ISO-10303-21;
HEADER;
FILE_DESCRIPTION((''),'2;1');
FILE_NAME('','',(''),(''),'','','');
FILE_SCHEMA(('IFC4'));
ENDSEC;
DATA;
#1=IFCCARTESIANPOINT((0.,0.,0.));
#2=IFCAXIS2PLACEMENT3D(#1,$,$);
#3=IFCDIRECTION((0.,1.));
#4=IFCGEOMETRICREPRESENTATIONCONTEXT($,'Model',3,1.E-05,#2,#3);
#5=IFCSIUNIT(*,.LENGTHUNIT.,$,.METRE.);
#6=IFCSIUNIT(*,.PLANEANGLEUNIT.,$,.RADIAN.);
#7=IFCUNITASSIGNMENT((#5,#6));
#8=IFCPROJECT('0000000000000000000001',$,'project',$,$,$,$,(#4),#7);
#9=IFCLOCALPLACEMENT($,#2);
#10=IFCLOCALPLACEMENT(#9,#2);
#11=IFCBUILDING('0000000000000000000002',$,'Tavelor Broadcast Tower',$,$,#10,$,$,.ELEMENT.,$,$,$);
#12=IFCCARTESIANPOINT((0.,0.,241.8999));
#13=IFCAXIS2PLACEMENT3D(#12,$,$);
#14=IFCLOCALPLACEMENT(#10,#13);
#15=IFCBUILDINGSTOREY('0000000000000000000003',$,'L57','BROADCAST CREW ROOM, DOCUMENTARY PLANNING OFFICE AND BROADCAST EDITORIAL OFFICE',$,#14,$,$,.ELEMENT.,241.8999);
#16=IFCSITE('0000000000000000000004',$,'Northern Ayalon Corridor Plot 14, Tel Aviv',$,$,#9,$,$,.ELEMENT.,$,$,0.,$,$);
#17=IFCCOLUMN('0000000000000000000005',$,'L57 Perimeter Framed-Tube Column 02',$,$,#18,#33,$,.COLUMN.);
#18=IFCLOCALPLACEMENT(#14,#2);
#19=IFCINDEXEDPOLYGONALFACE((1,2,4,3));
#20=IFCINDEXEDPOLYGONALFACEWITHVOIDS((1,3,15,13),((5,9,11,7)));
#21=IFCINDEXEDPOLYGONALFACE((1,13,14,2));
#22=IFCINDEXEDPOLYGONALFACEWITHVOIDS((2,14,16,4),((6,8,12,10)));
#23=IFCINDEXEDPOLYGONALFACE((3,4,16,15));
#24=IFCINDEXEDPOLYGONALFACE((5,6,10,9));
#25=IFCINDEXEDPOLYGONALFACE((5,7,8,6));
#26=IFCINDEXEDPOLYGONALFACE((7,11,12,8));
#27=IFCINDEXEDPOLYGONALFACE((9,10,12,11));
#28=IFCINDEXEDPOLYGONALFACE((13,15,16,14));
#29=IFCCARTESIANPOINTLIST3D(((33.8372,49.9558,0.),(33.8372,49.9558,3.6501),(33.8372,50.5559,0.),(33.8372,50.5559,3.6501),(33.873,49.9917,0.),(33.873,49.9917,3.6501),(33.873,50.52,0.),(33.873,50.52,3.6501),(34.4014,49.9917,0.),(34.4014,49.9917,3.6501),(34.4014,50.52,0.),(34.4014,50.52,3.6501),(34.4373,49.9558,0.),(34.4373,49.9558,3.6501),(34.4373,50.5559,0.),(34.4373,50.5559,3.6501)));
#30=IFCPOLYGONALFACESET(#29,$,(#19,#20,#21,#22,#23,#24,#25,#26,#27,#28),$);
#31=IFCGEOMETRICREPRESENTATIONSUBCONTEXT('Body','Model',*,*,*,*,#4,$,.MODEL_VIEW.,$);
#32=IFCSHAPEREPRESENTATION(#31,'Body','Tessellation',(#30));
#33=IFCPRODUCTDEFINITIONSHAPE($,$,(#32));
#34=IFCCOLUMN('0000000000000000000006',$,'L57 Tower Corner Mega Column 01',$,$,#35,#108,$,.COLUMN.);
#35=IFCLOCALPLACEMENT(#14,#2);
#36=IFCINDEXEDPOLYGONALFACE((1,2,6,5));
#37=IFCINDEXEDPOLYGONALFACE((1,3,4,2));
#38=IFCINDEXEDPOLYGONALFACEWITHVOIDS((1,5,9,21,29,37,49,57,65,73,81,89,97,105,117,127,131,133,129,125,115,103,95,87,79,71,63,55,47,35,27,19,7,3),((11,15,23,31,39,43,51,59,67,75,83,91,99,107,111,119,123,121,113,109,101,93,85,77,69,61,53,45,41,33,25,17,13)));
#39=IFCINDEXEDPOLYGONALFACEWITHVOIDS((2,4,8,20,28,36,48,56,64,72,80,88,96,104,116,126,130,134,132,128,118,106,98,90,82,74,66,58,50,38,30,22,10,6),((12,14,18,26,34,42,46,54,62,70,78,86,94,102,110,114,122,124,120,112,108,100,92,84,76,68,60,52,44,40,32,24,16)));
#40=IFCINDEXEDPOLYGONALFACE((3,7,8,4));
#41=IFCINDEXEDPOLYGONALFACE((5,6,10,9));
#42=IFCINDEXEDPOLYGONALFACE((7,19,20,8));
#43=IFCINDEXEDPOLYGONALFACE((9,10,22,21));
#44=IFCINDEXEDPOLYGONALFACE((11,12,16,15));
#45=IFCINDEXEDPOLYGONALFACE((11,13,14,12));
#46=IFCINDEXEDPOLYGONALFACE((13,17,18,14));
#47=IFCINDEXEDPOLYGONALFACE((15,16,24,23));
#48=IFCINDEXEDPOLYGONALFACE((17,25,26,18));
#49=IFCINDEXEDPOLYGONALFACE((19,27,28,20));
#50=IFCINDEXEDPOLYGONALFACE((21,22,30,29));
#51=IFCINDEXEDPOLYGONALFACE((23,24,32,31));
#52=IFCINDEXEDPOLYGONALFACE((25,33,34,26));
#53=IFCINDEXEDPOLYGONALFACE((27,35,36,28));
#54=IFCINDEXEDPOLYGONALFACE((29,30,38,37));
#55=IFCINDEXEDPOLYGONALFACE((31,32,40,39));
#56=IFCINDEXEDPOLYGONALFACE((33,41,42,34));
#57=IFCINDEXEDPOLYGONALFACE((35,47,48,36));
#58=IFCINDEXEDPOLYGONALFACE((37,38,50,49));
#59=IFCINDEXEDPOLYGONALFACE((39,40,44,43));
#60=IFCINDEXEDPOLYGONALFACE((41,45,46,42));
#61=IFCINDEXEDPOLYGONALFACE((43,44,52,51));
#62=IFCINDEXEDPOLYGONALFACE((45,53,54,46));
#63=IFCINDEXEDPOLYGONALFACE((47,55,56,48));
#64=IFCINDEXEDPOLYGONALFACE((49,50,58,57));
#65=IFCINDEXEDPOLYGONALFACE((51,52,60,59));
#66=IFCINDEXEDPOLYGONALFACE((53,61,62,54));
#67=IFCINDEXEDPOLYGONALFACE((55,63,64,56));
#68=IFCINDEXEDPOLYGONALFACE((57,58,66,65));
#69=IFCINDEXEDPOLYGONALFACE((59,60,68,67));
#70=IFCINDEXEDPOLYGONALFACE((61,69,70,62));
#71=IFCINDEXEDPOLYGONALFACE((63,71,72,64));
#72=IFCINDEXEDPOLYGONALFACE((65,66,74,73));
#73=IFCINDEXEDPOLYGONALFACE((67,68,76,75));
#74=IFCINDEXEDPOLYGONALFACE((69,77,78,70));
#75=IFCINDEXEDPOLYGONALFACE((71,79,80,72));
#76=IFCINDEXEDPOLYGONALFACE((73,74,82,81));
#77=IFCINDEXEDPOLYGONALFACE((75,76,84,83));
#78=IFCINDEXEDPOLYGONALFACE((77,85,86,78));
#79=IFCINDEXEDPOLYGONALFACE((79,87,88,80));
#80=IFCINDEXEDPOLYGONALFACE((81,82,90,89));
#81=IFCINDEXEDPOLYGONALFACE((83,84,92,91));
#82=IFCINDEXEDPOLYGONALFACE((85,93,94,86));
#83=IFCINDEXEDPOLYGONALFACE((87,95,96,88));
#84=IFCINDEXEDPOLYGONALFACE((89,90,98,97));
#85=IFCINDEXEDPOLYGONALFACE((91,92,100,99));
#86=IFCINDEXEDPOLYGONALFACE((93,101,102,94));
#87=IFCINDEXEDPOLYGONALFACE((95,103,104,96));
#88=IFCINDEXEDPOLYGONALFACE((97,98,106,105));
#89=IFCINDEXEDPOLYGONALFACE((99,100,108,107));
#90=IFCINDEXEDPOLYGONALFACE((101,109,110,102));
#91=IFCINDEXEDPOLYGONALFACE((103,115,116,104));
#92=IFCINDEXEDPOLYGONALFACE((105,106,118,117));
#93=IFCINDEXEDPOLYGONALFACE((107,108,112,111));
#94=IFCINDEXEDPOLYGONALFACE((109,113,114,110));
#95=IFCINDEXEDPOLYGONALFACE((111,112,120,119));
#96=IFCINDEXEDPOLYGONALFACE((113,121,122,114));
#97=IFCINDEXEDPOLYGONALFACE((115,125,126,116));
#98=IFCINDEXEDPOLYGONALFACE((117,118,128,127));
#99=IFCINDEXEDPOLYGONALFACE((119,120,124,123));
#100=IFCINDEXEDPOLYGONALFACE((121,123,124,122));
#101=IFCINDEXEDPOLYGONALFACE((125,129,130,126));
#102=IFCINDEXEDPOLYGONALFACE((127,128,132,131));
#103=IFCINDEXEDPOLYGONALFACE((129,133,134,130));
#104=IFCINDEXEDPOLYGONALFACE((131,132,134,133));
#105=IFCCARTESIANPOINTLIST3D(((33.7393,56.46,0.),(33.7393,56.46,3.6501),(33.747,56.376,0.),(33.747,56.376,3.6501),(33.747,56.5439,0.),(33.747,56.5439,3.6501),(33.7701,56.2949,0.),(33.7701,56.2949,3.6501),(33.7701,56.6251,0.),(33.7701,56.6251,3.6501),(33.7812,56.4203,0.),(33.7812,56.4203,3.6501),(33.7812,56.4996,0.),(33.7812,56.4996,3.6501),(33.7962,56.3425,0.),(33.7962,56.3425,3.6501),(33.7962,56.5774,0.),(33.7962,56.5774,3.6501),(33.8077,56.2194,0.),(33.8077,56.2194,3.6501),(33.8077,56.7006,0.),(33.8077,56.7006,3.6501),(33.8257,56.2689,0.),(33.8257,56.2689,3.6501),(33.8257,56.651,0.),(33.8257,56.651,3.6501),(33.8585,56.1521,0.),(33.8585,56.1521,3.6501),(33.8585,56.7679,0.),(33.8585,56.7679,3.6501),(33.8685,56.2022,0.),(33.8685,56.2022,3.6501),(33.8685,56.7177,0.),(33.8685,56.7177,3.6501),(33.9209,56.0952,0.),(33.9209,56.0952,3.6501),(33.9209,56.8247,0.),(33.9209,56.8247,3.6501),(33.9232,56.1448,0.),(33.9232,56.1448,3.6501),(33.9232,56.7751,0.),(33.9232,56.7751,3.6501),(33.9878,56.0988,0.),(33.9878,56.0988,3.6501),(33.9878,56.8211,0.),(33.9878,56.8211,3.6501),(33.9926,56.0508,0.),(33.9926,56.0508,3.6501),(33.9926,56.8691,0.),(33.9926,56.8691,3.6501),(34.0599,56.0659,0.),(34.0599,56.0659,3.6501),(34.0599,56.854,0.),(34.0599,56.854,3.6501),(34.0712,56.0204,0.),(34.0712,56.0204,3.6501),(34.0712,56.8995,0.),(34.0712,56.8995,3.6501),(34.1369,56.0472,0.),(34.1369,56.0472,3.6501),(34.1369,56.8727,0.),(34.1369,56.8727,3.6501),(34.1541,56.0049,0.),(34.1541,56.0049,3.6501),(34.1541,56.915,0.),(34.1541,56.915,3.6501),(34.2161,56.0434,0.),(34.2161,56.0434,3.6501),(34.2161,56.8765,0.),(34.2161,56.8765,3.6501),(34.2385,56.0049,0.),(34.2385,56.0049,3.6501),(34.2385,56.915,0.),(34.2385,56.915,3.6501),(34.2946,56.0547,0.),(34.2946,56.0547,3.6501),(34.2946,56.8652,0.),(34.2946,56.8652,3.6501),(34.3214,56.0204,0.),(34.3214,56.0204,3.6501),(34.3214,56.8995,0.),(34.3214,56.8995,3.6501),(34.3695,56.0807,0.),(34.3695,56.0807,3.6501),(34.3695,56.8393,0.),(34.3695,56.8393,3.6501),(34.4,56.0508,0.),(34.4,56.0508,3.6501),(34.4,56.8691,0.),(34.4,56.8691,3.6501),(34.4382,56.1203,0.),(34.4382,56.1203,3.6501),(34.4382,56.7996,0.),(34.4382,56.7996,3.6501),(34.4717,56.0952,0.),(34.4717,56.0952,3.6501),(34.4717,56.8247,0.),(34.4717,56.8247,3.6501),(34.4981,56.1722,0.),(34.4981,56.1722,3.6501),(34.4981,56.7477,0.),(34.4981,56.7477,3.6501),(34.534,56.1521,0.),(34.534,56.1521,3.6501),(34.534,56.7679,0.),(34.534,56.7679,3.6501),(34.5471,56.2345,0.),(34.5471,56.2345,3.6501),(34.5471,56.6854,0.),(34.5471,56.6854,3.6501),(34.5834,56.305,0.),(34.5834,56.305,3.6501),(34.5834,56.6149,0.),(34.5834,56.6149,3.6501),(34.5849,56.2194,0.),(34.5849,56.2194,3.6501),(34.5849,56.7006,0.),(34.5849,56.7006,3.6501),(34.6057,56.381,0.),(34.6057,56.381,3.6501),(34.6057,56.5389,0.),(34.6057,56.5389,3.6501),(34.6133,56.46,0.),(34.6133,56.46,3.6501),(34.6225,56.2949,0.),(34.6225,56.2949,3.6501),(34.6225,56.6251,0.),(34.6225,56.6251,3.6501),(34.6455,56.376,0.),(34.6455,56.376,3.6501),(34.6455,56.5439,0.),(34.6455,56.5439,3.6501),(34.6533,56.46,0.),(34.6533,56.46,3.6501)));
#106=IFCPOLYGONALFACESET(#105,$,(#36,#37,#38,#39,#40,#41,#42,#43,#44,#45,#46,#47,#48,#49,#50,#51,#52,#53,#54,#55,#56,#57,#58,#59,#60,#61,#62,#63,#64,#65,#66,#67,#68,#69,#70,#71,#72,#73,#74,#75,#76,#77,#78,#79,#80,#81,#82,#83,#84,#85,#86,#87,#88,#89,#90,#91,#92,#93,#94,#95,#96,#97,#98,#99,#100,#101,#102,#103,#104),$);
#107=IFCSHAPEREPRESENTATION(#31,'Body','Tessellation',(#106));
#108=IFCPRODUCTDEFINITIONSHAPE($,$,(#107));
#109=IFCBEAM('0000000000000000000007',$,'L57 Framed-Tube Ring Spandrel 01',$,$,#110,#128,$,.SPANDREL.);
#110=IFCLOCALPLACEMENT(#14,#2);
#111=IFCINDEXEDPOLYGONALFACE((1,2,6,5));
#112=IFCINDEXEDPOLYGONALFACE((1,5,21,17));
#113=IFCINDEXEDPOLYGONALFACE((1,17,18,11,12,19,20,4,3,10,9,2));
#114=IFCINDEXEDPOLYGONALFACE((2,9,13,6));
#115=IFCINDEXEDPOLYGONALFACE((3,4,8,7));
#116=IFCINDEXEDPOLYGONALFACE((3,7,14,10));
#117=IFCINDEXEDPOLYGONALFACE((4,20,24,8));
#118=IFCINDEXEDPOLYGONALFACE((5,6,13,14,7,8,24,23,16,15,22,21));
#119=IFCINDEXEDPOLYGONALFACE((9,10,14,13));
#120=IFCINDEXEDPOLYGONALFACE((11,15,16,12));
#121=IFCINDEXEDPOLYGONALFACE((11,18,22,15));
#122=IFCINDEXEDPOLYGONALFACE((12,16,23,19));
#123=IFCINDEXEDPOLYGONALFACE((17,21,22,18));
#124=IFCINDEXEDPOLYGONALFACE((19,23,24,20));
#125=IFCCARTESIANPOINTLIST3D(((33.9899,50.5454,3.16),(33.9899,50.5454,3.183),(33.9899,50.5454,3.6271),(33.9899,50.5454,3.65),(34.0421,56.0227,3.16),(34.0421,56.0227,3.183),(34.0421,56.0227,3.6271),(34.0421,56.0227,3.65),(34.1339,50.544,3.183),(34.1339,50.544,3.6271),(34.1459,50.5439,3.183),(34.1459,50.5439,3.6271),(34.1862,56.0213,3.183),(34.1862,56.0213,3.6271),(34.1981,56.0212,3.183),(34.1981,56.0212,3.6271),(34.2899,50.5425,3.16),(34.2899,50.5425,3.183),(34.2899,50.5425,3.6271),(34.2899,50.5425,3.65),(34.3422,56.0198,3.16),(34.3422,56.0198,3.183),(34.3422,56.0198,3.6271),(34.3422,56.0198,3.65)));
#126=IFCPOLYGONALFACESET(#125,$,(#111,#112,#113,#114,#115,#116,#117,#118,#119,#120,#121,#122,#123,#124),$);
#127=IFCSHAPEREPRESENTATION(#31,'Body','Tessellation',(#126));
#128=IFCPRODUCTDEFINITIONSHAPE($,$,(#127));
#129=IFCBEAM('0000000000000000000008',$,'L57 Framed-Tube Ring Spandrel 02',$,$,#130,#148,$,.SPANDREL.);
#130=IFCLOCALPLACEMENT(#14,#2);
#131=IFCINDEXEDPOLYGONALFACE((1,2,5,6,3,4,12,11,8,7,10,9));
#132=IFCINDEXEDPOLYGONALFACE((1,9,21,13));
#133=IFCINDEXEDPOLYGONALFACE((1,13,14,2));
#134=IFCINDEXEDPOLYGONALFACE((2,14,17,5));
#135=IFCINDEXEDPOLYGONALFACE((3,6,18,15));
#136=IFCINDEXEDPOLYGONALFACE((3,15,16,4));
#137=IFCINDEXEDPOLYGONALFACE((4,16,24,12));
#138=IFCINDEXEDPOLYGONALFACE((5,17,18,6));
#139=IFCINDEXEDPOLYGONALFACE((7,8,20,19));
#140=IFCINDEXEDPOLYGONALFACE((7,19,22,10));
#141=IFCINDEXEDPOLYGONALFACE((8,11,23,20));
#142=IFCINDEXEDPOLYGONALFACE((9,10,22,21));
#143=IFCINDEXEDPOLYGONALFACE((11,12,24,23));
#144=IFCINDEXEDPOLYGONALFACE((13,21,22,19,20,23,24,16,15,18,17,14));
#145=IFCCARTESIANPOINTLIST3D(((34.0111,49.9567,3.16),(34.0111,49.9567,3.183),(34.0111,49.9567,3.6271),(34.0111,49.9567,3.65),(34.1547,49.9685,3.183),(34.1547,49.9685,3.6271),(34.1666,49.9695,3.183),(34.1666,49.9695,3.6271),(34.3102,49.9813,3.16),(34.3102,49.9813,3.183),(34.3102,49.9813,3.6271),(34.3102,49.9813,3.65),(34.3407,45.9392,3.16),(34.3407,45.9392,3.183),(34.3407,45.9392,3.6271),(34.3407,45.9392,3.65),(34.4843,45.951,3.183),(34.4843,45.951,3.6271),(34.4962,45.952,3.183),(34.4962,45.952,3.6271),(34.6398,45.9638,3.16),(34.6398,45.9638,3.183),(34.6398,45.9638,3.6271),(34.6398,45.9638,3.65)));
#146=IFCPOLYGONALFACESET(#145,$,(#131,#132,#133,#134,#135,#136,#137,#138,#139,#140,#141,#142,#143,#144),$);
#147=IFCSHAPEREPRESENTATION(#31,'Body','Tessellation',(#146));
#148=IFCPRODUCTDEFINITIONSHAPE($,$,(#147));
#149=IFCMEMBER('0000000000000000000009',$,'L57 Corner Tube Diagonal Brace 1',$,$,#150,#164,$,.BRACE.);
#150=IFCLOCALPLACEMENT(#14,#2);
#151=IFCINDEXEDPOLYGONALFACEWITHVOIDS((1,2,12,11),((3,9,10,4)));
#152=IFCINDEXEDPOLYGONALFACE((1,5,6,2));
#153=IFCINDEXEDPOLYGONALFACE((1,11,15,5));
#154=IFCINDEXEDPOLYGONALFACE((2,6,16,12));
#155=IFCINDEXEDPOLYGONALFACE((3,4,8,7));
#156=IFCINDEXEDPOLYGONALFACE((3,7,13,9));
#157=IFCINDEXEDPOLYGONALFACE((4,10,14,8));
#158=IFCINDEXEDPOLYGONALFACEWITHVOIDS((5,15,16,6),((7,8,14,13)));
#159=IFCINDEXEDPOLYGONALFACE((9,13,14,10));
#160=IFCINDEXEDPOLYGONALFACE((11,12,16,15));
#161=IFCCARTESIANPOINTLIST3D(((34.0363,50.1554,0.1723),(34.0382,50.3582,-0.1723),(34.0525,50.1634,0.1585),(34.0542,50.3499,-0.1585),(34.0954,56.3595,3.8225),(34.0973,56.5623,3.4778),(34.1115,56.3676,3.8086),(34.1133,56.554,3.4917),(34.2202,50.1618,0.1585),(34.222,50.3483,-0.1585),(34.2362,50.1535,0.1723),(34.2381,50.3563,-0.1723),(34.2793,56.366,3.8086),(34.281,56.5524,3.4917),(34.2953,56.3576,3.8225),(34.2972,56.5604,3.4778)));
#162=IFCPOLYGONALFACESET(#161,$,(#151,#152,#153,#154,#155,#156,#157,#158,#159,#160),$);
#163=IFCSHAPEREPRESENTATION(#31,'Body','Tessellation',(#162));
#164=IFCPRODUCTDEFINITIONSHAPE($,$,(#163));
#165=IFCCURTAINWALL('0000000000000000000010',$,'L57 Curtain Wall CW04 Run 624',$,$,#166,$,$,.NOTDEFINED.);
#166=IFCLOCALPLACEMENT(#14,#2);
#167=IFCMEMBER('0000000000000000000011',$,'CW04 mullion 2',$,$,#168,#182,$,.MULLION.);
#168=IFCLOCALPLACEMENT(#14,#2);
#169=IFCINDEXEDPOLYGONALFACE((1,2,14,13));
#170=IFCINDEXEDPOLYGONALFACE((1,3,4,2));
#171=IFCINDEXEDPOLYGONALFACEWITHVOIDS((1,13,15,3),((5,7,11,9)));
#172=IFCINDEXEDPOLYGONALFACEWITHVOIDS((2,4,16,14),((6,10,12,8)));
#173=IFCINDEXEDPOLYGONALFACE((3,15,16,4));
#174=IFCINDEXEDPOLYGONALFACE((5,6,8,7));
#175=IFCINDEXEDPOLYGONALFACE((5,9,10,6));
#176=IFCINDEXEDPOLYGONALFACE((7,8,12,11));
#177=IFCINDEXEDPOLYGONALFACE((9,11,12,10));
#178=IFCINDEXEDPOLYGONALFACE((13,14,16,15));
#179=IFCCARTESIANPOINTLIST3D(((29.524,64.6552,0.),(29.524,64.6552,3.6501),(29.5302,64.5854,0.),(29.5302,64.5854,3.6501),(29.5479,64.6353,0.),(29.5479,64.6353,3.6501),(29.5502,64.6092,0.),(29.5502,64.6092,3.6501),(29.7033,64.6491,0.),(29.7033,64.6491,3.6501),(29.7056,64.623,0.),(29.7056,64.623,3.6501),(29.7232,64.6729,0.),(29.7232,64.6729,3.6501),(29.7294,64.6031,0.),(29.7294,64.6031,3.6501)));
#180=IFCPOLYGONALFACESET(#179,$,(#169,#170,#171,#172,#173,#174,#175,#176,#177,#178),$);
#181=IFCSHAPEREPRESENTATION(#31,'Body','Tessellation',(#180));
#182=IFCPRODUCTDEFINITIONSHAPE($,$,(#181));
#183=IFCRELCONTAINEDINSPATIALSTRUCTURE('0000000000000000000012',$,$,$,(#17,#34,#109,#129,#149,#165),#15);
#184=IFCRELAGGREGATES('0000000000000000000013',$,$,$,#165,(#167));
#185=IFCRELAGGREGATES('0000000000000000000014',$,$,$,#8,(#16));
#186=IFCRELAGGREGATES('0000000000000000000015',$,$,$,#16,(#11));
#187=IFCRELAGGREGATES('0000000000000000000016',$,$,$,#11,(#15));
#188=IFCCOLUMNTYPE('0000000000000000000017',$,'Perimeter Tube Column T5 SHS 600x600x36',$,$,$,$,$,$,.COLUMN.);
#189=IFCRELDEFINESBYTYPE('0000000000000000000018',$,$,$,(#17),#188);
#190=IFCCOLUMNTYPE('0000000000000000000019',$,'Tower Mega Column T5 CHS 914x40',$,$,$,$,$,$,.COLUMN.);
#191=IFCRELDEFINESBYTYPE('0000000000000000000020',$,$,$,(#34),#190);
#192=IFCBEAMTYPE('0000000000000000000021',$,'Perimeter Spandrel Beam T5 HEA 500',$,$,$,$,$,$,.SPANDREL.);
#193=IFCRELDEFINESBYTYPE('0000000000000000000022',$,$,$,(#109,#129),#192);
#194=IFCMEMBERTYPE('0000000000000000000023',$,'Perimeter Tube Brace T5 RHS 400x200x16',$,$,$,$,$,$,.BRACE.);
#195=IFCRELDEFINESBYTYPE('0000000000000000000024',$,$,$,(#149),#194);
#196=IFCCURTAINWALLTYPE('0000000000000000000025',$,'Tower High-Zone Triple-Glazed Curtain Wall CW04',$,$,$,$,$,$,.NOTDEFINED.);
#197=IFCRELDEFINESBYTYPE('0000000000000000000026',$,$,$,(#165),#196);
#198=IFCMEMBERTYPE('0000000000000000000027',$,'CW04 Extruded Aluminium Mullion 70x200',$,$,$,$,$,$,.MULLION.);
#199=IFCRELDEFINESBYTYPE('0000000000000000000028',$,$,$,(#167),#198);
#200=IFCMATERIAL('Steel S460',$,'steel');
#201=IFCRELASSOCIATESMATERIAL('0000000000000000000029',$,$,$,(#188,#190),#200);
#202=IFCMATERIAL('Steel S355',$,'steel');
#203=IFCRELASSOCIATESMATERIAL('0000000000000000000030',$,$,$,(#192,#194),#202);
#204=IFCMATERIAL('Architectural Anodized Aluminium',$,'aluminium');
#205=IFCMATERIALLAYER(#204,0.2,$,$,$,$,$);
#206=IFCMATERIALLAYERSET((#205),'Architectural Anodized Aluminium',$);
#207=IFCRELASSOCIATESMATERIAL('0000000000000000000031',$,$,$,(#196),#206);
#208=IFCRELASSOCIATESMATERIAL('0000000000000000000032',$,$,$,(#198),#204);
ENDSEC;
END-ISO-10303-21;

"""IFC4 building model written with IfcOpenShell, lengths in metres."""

from ifc_helpers import new_model, si_unit, direction, frame, origin, origin_2d, place, context, subcontext, project, spatial, hollow_rectangle, hollow_circle, i_section, extrude, source, transform, mapped, material, layer, layer_set, material_profile, profile_set, type_object, type_shapes, element, aggregate, save


model = new_model("IFC4")

# Units and contexts
model_context = context("Model", 3, precision=1e-05, world=origin(), true_north=direction((0.0, 1.0)))
body_context = subcontext(model_context, "Body", "Model", "MODEL_VIEW")
ifc_project = project(units=[si_unit("LENGTHUNIT", "METRE"), si_unit("PLANEANGLEUNIT", "RADIAN")], contexts=[model_context])

# Site, building, storey
site_placement = place(None, origin())
site = spatial("IfcSite", under=ifc_project, at=site_placement, Name="Northern Ayalon Corridor Plot 14, Tel Aviv", CompositionType="ELEMENT", RefElevation=0.0)
building_placement = place(site_placement, origin())
building = spatial("IfcBuilding", under=site, at=building_placement, Name="Tavelor Broadcast Tower", CompositionType="ELEMENT")
storey_placement = place(building_placement, frame((0.0, 0.0, 241.8999)))
storey = spatial("IfcBuildingStorey", under=building, at=storey_placement, Name="L57", Description="BROADCAST CREW ROOM, DOCUMENTARY PLANNING OFFICE AND BROADCAST EDITORIAL OFFICE", CompositionType="ELEMENT", Elevation=241.8999)

# Columns
ifc_material_1 = material(Name="Steel S460", Category="steel")
ifc_material_profile_1 = material_profile(ifc_material_1, hollow_rectangle(XDim=0.6001, YDim=0.6001, WallThickness=0.0359, at=origin_2d()), Name="SHS 600x600x36")
ifc_profile_set_1 = profile_set([ifc_material_profile_1], Name="Steel S460")
column_type_1 = type_object("IfcColumnType", Name="Perimeter Tube Column T5 SHS 600x600x36", PredefinedType="COLUMN", material=ifc_profile_set_1)
column_1_placement = place(storey_placement, frame((34.1372, 50.2559, 0.0), z_axis=(0.0, 0.0, 1.0), x_axis=(1.0, 0.0, 0.0)))
element("IfcColumn", 1, at=column_1_placement, inside=storey, type_object=column_type_1, Name="L57 Perimeter Framed-Tube Column 02", PredefinedType="COLUMN", context=body_context, shape_type="SweptSolid", body=[
    extrude(hollow_rectangle(XDim=0.6001, YDim=0.6001, WallThickness=0.0359, at=origin_2d()), origin(), (0.0, 0.0, 1.0), 3.6501),
])
ifc_material_profile_2 = material_profile(ifc_material_1, hollow_circle(Radius=0.457, WallThickness=0.04, at=origin_2d()), Name="CHS 914x40")
ifc_profile_set_2 = profile_set([ifc_material_profile_2], Name="Steel S460")
column_type_2 = type_object("IfcColumnType", Name="Tower Mega Column T5 CHS 914x40", PredefinedType="COLUMN", material=ifc_profile_set_2)
column_2_placement = place(storey_placement, frame((34.1963, 56.46, 0.0), z_axis=(0.0, 0.0, 1.0), x_axis=(1.0, 0.0, 0.0)))
element("IfcColumn", 2, at=column_2_placement, inside=storey, type_object=column_type_2, Name="L57 Tower Corner Mega Column 01", PredefinedType="COLUMN", context=body_context, shape_type="SweptSolid", body=[
    extrude(hollow_circle(Radius=0.457, WallThickness=0.04, at=origin_2d()), origin(), (0.0, 0.0, 1.0), 3.6501),
])

# Beams
ifc_material_2 = material(Name="Steel S355", Category="steel")
ifc_material_profile_3 = material_profile(ifc_material_2, i_section(OverallWidth=0.3, OverallDepth=0.49, WebThickness=0.012, FlangeThickness=0.0229, at=origin_2d()), Name="HEA 500")
ifc_profile_set_3 = profile_set([ifc_material_profile_3], Name="Steel S355")
beam_type = type_object("IfcBeamType", Name="Perimeter Spandrel Beam T5 HEA 500", PredefinedType="SPANDREL", material=ifc_profile_set_3)
beam_1_placement = place(storey_placement, frame((34.1921, 56.0212, 3.405), z_axis=(-0.009538, -0.999955, 0.0), x_axis=(0.999955, -0.009538, 0.0)))
element("IfcBeam", 3, at=beam_1_placement, inside=storey, type_object=beam_type, Name="L57 Framed-Tube Ring Spandrel 01", PredefinedType="SPANDREL", context=body_context, shape_type="SweptSolid", body=[
    extrude(i_section(OverallWidth=0.3, OverallDepth=0.49, WebThickness=0.012, FlangeThickness=0.0229, at=origin_2d()), origin(), (0.0, 0.0, 1.0), 5.4775),
])
beam_2_placement = place(storey_placement, frame((34.1606, 49.969, 3.405), z_axis=(0.081762, -0.996652, 0.0), x_axis=(0.996652, 0.081762, 0.0)))
element("IfcBeam", 4, at=beam_2_placement, inside=storey, type_object=beam_type, Name="L57 Framed-Tube Ring Spandrel 02", PredefinedType="SPANDREL", context=body_context, shape_type="SweptSolid", body=[
    extrude(i_section(OverallWidth=0.3, OverallDepth=0.49, WebThickness=0.012, FlangeThickness=0.0229, at=origin_2d()), origin(), (0.0, 0.0, 1.0), 4.031),
])

# Member
ifc_material_profile_4 = material_profile(ifc_material_2, hollow_rectangle(XDim=0.2, YDim=0.3999, WallThickness=0.0161, at=origin_2d()), Name="RHS 400x200x16")
ifc_profile_set_4 = profile_set([ifc_material_profile_4], Name="Steel S355")
member_type_1 = type_object("IfcMemberType", Name="Perimeter Tube Brace T5 RHS 400x200x16", PredefinedType="BRACE", material=ifc_profile_set_4)
member_1_placement = place(storey_placement, frame((34.1372, 50.2559, 0.0), z_axis=(0.008208, 0.861864, 0.507073), x_axis=(-0.999955, 0.009523, 0.0)))
element("IfcMember", 5, at=member_1_placement, inside=storey, type_object=member_type_1, Name="L57 Corner Tube Diagonal Brace 1", PredefinedType="BRACE", context=body_context, shape_type="SweptSolid", body=[
    extrude(hollow_rectangle(XDim=0.2, YDim=0.3999, WallThickness=0.0161, at=origin_2d()), origin(), (0.0, 0.0, 1.0), 7.1985),
])

# Curtain wall, member
ifc_material_3 = material(Name="Architectural Anodized Aluminium", Category="aluminium")
ifc_layer_1 = layer(ifc_material_3, 0.2)
ifc_layer_set_1 = layer_set([ifc_layer_1], Name="Architectural Anodized Aluminium")
curtain_wall_type = type_object("IfcCurtainWallType", Name="Tower High-Zone Triple-Glazed Curtain Wall CW04", PredefinedType="NOTDEFINED", material=ifc_layer_set_1)
curtain_wall_placement = place(storey_placement, origin())
curtain_wall = element("IfcCurtainWall", 6, at=curtain_wall_placement, inside=storey, type_object=curtain_wall_type, Name="L57 Curtain Wall CW04 Run 624", PredefinedType="NOTDEFINED")
ifc_material_profile_5 = material_profile(ifc_material_3, hollow_rectangle(XDim=0.0701, YDim=0.2, WallThickness=0.022, at=origin_2d()), Name="RHS 70x200x22")
ifc_profile_set_5 = profile_set([ifc_material_profile_5], Name="Architectural Anodized Aluminium")
member_type_2 = type_object("IfcMemberType", Name="CW04 Extruded Aluminium Mullion 70x200", PredefinedType="MULLION", material=ifc_profile_set_5)
shared_shape_1 = source(origin(), body_context, "Body", "SweptSolid", [
    extrude(hollow_rectangle(XDim=0.0701, YDim=0.2, WallThickness=0.022, at=origin_2d()), origin(), (0.0, 0.0, 1.0), 3.6501),
])
type_shapes(member_type_2, [shared_shape_1])
member_2_placement = place(storey_placement, frame((29.6267, 64.6292, 0.0), z_axis=(0.0, 0.0, 1.0), x_axis=(0.08849, -0.996077, 0.0)))
member_2 = element("IfcMember", 7, at=member_2_placement, type_object=member_type_2, Name="CW04 mullion 2", PredefinedType="MULLION", context=body_context, shape_type="MappedRepresentation", body=[
    mapped(shared_shape_1, transform((0.0, 0.0, 0.0), scale=1.0)),
])

aggregate(curtain_wall, [member_2])

save(model, "model.ifc")
